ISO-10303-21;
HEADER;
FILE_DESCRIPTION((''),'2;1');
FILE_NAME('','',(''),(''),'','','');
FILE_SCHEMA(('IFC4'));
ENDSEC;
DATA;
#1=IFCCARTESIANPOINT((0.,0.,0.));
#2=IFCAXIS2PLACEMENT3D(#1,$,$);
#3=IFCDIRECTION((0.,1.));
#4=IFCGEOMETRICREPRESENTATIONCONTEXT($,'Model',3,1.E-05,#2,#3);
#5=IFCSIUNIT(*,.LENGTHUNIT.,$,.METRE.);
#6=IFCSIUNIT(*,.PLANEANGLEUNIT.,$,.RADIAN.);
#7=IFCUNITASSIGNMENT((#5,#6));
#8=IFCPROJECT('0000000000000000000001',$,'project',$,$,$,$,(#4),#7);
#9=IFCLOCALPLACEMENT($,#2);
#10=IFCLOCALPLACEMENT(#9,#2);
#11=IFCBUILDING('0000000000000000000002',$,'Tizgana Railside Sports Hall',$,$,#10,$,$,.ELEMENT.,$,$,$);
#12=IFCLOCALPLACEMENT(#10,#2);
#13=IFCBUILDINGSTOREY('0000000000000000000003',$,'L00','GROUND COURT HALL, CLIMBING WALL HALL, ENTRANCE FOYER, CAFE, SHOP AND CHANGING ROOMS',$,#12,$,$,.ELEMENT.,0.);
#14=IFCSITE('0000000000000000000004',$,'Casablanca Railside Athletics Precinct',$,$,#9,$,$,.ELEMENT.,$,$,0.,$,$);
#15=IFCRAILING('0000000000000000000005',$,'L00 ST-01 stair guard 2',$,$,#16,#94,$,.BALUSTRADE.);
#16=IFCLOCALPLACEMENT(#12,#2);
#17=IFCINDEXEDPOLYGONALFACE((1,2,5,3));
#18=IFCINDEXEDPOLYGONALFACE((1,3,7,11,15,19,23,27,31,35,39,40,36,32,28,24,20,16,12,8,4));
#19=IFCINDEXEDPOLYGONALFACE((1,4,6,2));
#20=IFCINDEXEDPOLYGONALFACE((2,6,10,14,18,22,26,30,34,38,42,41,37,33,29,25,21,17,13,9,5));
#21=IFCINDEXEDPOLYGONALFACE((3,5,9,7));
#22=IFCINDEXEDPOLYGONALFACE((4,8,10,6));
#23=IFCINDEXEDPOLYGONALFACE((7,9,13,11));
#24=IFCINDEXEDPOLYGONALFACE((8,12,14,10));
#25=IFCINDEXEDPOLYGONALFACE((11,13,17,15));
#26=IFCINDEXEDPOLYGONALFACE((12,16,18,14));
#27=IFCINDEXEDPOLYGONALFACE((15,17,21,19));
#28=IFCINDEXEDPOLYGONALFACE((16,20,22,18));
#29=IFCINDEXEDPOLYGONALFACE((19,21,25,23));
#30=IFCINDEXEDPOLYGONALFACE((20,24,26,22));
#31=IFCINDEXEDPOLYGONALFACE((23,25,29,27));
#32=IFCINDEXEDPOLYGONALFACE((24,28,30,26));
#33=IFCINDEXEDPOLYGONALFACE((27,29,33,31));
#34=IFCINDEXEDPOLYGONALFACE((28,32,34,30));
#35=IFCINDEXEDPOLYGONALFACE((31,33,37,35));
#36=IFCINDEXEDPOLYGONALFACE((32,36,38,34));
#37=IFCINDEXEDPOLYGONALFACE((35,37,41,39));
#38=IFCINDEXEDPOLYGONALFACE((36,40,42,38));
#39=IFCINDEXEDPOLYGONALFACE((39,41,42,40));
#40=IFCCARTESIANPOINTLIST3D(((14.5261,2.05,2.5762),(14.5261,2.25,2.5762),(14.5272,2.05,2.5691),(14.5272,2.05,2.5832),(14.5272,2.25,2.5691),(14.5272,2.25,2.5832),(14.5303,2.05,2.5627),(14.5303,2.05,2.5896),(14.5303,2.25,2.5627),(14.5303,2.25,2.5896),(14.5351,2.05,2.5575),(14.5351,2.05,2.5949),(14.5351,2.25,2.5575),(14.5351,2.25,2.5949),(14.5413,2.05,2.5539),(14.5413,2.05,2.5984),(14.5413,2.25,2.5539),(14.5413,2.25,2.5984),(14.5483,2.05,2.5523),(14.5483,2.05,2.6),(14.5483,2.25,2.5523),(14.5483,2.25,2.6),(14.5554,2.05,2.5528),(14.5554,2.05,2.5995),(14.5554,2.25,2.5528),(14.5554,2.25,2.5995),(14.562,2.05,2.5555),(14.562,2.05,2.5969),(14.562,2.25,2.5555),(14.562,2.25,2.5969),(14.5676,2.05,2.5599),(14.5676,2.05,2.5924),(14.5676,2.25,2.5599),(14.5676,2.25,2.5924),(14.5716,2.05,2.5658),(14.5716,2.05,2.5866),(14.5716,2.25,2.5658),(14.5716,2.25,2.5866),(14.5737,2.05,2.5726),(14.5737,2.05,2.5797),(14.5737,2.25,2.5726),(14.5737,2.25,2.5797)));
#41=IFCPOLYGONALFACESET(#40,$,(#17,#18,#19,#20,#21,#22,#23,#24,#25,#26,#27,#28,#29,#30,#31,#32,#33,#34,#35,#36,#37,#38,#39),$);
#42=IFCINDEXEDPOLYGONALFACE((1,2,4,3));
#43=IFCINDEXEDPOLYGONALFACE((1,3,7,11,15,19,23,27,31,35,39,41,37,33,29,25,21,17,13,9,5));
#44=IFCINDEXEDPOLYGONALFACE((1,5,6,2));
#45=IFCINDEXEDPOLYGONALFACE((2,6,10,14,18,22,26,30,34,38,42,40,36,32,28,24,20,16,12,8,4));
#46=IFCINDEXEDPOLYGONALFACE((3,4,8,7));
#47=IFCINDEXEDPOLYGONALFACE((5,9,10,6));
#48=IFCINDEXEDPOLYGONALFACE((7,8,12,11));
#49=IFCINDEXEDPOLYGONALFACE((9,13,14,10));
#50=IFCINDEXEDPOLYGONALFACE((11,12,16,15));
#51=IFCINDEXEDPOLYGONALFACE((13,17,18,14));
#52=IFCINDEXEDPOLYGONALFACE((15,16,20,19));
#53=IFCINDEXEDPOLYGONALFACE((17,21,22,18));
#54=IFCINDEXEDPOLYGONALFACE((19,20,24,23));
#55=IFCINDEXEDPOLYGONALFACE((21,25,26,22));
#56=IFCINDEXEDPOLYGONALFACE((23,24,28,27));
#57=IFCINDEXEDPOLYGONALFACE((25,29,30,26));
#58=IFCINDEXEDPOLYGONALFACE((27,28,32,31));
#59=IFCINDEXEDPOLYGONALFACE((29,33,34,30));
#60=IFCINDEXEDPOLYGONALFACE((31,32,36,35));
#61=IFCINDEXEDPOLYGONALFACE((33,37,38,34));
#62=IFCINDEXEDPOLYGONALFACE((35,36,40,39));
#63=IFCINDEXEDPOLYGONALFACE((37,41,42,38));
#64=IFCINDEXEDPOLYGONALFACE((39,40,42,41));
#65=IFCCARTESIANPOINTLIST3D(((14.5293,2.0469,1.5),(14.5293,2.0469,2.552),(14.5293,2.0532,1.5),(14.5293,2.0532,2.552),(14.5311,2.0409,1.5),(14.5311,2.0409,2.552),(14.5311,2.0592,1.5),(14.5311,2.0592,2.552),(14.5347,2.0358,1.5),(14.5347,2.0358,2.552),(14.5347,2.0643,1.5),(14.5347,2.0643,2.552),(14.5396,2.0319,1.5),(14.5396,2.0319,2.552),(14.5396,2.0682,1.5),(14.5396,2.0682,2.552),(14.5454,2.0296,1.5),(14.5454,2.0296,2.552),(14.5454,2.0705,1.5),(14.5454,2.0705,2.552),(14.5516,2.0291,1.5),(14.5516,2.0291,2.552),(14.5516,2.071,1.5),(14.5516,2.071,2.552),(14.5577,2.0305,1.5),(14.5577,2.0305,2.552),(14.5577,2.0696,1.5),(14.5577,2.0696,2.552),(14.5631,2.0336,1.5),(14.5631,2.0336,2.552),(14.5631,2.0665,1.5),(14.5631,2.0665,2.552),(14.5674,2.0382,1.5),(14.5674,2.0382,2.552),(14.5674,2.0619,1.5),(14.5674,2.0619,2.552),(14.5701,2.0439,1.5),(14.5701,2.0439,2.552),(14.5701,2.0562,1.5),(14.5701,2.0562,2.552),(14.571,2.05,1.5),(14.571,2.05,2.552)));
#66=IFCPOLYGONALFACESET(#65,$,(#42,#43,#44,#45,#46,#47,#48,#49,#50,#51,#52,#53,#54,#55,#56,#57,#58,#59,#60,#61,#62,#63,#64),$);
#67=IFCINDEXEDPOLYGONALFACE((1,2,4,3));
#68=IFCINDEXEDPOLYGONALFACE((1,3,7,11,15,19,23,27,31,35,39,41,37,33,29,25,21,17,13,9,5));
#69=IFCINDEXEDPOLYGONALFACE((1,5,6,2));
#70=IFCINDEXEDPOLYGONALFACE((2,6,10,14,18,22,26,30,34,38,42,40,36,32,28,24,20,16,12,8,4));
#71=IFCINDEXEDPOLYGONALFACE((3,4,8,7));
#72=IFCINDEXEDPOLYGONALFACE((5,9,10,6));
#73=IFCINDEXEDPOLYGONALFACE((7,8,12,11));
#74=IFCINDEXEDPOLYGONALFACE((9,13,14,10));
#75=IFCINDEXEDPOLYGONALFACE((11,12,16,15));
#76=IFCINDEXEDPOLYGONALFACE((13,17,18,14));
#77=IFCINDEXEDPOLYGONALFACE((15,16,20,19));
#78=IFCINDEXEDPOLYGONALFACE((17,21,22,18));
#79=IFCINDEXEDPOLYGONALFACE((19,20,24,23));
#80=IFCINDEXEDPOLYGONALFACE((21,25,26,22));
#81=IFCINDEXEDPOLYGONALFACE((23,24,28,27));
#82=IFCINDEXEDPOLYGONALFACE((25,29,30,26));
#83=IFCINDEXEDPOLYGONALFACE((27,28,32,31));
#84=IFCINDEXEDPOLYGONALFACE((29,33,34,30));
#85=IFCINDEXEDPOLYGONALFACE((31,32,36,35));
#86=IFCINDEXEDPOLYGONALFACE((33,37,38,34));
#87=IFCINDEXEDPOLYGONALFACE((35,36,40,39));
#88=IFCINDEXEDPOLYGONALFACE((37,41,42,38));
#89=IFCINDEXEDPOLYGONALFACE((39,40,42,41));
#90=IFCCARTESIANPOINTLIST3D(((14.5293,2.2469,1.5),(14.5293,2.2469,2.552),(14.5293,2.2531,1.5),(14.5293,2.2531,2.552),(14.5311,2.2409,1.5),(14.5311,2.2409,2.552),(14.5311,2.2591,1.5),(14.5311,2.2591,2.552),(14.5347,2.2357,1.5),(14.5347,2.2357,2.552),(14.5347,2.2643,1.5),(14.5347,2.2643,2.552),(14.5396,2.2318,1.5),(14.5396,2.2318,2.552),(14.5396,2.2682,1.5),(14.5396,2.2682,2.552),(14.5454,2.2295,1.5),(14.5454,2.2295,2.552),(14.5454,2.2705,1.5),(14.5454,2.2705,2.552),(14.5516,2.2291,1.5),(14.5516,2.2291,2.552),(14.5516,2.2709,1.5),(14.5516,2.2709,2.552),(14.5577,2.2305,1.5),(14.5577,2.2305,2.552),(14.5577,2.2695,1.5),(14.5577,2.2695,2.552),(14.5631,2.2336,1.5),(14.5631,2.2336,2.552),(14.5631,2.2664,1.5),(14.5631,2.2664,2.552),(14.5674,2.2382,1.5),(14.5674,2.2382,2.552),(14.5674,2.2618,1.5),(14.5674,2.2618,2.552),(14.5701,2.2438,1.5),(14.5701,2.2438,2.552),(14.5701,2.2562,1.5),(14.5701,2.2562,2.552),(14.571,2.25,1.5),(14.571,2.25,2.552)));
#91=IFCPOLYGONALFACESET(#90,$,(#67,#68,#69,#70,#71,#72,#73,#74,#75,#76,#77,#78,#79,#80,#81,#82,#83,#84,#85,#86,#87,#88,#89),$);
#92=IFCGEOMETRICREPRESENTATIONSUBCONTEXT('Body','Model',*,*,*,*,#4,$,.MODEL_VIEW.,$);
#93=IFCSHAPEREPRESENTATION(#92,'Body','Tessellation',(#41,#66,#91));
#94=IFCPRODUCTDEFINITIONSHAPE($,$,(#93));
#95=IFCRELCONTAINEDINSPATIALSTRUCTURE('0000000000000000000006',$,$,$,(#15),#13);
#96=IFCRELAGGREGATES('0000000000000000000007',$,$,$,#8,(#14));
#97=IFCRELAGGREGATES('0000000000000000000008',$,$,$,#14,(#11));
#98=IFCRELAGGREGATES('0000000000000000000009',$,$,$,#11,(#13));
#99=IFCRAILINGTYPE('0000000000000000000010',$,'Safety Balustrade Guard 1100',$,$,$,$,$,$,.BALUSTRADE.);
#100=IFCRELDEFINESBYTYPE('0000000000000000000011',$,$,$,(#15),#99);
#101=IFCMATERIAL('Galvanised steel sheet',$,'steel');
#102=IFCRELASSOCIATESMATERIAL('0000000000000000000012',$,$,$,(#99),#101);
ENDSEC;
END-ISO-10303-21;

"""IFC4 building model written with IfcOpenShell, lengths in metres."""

from ifc_helpers import new_model, si_unit, direction, frame, origin, origin_2d, place, context, subcontext, project, spatial, circle, extrude, material, type_object, element, save


model = new_model("IFC4")

# Units and contexts
model_context = context("Model", 3, precision=1e-05, world=origin(), true_north=direction((0.0, 1.0)))
body_context = subcontext(model_context, "Body", "Model", "MODEL_VIEW")
ifc_project = project(units=[si_unit("LENGTHUNIT", "METRE"), si_unit("PLANEANGLEUNIT", "RADIAN")], contexts=[model_context])

# Site, building, storey
site_placement = place(None, origin())
site = spatial("IfcSite", under=ifc_project, at=site_placement, Name="Casablanca Railside Athletics Precinct", CompositionType="ELEMENT", RefElevation=0.0)
building_placement = place(site_placement, origin())
building = spatial("IfcBuilding", under=site, at=building_placement, Name="Tizgana Railside Sports Hall", CompositionType="ELEMENT")
storey_placement = place(building_placement, origin())
storey = spatial("IfcBuildingStorey", under=building, at=storey_placement, Name="L00", Description="GROUND COURT HALL, CLIMBING WALL HALL, ENTRANCE FOYER, CAFE, SHOP AND CHANGING ROOMS", CompositionType="ELEMENT", Elevation=0.0)

# Railing
ifc_material_1 = material(Name="Galvanised steel sheet", Category="steel")
railing_type_1 = type_object("IfcRailingType", Name="Safety Balustrade Guard 1100", PredefinedType="BALUSTRADE", material=ifc_material_1)
railing_1_placement = place(storey_placement, frame((14.55, 2.05, 1.5)))
element("IfcRailing", 1, at=railing_1_placement, inside=storey, type_object=railing_type_1, Name="L00 ST-01 stair guard 2", PredefinedType="BALUSTRADE", context=body_context, shape_type="SweptSolid", body=[
    extrude(circle(Radius=0.0239, at=origin_2d()), frame((0.0, 0.0, 1.0762), z_axis=(0.0, 1.0, 0.0), x_axis=(-1.0, 0.0, 0.0)), (0.0, 0.0, 1.0), 0.2),
    extrude(circle(Radius=0.021, at=origin_2d()), origin(), (0.0, 0.0, 1.0), 1.052),
    extrude(circle(Radius=0.021, at=origin_2d()), frame((0.0, 0.2, 0.0)), (0.0, 0.0, 1.0), 1.052),
])

save(model, "model.ifc")
